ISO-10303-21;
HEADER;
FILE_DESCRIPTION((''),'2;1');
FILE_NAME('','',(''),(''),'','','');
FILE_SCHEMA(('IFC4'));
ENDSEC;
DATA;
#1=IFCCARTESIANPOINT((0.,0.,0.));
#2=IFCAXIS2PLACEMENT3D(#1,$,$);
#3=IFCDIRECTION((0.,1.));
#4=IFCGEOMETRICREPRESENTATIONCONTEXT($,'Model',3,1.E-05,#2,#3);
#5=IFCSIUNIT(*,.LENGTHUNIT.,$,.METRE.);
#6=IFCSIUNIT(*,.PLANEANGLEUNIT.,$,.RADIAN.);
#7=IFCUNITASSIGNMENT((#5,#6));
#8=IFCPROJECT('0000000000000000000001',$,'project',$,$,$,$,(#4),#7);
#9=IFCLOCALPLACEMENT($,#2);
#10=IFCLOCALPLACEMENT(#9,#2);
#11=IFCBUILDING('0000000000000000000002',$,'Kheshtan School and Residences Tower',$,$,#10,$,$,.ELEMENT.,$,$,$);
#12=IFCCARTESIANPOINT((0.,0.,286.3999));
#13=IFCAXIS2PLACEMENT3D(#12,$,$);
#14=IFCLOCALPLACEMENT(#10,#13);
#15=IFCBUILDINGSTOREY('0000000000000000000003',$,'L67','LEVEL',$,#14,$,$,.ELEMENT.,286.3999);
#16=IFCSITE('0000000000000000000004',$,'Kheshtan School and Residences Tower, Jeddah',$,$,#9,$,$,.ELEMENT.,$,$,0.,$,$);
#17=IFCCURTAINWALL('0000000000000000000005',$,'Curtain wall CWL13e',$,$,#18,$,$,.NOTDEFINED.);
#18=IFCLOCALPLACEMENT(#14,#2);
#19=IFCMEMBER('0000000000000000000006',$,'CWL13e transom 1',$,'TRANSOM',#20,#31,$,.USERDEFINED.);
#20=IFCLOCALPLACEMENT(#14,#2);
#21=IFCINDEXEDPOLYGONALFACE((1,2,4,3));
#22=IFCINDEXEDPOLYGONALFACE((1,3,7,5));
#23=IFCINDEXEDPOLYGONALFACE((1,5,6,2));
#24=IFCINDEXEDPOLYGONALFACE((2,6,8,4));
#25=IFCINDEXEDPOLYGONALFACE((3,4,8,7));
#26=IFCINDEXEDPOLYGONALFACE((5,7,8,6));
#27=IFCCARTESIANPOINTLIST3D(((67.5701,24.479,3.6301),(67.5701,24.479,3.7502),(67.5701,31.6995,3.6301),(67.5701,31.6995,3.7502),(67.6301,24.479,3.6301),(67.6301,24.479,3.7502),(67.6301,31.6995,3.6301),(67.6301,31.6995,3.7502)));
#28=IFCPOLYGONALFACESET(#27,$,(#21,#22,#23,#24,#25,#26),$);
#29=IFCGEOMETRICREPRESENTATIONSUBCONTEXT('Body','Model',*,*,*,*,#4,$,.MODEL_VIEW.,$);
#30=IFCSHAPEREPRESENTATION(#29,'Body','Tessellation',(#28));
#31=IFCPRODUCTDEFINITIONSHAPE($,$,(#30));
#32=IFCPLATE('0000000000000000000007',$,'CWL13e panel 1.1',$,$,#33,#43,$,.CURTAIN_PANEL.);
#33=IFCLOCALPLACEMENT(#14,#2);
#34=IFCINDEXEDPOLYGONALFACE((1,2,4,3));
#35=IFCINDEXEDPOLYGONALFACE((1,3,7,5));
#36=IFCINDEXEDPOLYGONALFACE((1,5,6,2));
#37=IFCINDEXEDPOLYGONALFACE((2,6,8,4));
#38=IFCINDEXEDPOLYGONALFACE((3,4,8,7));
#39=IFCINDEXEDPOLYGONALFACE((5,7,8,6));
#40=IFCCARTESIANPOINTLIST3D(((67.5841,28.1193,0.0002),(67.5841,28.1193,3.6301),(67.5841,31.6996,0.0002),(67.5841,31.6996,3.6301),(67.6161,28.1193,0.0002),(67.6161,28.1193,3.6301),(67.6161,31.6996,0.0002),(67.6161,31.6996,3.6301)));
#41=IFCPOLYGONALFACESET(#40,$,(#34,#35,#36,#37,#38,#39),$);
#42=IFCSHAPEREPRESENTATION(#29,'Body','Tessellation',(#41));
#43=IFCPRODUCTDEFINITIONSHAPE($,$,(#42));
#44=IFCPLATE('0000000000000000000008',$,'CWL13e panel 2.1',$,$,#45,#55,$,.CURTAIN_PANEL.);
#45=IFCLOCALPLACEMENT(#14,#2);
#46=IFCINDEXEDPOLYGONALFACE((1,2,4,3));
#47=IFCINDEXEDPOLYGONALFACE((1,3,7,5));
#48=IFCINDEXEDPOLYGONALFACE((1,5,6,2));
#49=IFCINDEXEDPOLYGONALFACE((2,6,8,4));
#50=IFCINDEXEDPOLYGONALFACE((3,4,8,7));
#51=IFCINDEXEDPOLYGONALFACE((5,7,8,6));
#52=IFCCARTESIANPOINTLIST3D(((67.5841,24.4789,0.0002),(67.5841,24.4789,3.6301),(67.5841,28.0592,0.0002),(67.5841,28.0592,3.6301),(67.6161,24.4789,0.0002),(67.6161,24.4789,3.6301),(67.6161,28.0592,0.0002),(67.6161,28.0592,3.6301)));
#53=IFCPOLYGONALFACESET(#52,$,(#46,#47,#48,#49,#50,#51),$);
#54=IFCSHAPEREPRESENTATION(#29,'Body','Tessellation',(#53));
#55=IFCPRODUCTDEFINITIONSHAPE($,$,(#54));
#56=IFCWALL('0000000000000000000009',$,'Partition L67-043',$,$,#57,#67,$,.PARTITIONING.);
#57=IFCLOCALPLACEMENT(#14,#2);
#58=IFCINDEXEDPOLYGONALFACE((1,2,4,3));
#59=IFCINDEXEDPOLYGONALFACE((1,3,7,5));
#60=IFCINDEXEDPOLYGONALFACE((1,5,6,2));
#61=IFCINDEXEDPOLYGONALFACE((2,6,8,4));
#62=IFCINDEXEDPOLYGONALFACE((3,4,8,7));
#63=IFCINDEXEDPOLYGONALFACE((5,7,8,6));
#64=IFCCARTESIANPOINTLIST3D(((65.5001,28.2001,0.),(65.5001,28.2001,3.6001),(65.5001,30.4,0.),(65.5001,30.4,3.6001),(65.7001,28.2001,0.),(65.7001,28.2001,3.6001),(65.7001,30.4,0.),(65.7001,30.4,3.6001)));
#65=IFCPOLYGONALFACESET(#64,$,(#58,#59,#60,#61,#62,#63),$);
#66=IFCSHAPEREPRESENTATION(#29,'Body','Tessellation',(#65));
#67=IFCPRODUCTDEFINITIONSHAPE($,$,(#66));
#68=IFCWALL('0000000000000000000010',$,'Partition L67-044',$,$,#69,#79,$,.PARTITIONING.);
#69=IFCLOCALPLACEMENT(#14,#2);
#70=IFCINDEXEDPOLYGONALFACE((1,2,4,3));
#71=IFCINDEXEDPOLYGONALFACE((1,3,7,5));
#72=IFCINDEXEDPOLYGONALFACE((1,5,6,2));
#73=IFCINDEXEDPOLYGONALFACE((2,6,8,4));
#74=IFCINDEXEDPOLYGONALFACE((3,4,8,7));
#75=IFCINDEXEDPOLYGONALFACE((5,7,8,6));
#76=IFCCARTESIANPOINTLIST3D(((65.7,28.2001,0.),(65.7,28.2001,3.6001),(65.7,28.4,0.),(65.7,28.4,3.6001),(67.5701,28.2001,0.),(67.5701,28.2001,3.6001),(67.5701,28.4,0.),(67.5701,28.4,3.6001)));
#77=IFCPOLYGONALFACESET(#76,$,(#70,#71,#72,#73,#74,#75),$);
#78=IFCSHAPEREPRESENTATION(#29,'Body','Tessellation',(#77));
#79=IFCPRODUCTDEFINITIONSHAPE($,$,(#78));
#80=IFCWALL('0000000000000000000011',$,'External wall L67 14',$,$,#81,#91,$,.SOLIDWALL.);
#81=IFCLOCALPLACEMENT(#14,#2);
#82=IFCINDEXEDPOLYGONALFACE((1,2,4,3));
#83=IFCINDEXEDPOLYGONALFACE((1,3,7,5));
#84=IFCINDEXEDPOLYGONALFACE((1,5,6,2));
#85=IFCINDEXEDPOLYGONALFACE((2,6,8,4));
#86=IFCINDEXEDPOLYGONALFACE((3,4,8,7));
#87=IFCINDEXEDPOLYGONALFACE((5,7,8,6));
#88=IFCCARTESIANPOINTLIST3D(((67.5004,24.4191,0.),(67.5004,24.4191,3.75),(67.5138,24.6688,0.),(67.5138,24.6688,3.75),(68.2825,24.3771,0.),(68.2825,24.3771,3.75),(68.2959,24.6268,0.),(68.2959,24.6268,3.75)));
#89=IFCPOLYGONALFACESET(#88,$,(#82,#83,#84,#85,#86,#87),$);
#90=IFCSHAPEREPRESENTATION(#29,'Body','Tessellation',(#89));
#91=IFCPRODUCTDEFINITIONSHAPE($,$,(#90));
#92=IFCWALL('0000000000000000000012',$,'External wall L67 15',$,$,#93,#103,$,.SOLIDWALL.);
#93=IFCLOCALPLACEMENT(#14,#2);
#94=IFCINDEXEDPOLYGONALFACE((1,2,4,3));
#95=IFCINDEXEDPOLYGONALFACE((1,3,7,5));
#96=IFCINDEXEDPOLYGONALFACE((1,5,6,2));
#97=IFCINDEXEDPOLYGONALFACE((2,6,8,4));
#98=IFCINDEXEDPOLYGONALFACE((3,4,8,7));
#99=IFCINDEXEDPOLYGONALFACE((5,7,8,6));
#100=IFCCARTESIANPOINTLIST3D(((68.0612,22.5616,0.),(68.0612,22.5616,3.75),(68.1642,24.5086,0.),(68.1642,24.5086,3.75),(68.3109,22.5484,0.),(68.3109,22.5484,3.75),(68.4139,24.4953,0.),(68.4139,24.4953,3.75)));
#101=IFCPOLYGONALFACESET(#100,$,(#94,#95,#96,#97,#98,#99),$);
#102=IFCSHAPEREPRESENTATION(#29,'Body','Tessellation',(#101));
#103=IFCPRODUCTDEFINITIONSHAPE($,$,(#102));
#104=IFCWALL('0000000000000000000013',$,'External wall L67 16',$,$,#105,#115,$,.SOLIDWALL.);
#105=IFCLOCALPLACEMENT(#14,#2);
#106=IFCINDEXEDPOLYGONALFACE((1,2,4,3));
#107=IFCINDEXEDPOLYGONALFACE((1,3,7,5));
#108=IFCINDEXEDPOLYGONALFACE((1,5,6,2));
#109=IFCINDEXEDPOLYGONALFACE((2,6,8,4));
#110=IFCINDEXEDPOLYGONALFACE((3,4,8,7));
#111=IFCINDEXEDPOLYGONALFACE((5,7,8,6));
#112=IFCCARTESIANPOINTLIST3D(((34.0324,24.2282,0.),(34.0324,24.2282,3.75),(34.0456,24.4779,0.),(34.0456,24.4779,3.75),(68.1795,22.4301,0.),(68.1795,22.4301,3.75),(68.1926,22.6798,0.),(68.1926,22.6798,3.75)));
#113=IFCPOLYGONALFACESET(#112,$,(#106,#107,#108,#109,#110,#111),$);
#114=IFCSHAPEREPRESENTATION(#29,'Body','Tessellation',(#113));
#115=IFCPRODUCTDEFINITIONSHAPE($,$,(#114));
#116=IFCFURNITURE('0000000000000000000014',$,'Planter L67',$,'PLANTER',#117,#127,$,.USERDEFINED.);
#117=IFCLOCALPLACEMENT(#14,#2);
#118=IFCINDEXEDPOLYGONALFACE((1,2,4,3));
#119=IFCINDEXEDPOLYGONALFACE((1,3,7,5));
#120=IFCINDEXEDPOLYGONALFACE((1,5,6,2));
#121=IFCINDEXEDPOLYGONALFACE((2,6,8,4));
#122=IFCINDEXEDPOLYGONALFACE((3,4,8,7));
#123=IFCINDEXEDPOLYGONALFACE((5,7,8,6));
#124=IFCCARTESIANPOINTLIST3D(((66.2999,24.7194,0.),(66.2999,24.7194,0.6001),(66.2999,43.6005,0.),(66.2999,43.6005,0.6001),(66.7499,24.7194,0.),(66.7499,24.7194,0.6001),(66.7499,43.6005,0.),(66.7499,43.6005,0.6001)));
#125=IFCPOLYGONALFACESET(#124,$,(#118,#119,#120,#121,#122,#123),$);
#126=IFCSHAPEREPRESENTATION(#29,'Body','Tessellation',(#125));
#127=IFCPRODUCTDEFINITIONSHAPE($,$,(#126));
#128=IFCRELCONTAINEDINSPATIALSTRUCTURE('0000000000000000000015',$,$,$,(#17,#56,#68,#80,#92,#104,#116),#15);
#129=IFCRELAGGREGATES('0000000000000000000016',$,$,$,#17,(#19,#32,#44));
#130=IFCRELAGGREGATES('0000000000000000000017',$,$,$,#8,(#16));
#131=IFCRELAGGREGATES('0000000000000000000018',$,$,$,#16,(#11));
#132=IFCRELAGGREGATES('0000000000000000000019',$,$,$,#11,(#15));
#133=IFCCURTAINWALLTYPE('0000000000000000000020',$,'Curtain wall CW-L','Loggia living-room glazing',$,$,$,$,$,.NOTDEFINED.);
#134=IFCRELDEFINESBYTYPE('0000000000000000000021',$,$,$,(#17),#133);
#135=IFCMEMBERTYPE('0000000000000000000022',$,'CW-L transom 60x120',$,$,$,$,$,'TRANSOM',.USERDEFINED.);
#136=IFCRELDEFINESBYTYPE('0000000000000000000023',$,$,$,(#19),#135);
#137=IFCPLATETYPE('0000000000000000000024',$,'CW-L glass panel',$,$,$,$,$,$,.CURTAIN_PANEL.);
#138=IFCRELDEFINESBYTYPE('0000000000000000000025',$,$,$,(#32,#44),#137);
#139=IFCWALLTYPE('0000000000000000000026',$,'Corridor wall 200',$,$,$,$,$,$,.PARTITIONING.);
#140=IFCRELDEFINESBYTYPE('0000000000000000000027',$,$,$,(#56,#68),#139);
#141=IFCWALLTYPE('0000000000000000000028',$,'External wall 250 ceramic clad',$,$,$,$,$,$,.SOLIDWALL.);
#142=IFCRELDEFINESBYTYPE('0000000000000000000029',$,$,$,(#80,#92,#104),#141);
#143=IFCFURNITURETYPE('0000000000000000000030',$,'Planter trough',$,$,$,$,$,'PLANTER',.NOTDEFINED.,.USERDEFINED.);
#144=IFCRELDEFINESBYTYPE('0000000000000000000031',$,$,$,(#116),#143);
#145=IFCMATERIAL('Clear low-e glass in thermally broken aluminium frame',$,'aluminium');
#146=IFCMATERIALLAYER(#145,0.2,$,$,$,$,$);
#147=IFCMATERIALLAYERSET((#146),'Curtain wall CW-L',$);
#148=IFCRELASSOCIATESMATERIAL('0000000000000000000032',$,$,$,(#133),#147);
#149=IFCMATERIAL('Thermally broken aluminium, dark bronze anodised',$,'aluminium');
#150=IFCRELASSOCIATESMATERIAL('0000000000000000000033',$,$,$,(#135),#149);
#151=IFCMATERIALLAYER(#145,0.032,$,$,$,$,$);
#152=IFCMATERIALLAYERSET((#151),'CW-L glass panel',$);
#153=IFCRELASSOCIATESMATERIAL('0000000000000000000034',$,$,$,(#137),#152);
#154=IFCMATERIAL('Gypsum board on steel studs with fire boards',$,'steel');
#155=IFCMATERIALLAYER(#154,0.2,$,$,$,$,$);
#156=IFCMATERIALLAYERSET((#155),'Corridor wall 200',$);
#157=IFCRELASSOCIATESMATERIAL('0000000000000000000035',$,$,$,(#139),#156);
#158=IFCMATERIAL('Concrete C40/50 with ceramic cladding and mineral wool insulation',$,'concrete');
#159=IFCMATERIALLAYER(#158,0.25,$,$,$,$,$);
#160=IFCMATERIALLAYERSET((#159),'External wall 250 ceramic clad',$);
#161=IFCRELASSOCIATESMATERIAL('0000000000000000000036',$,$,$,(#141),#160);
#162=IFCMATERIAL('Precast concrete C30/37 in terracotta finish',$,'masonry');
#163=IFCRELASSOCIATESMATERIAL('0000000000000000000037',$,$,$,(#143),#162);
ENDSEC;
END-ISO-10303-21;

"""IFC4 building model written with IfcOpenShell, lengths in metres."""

from ifc_helpers import new_model, si_unit, direction, frame, frame_2d, origin, origin_2d, place, context, subcontext, project, spatial, rectangle, extrude, material, layer, layer_set, material_profile, profile_set, type_object, element, aggregate, save


model = new_model("IFC4")

# Units and contexts
model_context = context("Model", 3, precision=1e-05, world=origin(), true_north=direction((0.0, 1.0)))
body_context = subcontext(model_context, "Body", "Model", "MODEL_VIEW")
ifc_project = project(units=[si_unit("LENGTHUNIT", "METRE"), si_unit("PLANEANGLEUNIT", "RADIAN")], contexts=[model_context])

# Site, building, storey
site_placement = place(None, origin())
site = spatial("IfcSite", under=ifc_project, at=site_placement, Name="Kheshtan School and Residences Tower, Jeddah", CompositionType="ELEMENT", RefElevation=0.0)
building_placement = place(site_placement, origin())
building = spatial("IfcBuilding", under=site, at=building_placement, Name="Kheshtan School and Residences Tower", CompositionType="ELEMENT")
storey_placement = place(building_placement, frame((0.0, 0.0, 286.3999)))
storey = spatial("IfcBuildingStorey", under=building, at=storey_placement, Name="L67", Description="LEVEL", CompositionType="ELEMENT", Elevation=286.3999)

# Curtain wall, member, plates
ifc_material_1 = material(Name="Clear low-e glass in thermally broken aluminium frame", Category="aluminium")
ifc_layer_1 = layer(ifc_material_1, 0.2)
ifc_layer_set_1 = layer_set([ifc_layer_1], Name="Curtain wall CW-L")
curtain_wall_type = type_object("IfcCurtainWallType", Name="Curtain wall CW-L", Description="Loggia living-room glazing", PredefinedType="NOTDEFINED", material=ifc_layer_set_1)
curtain_wall_placement = place(storey_placement, origin())
curtain_wall = element("IfcCurtainWall", 1, at=curtain_wall_placement, inside=storey, type_object=curtain_wall_type, Name="Curtain wall CWL13e", PredefinedType="NOTDEFINED")
ifc_material_2 = material(Name="Thermally broken aluminium, dark bronze anodised", Category="aluminium")
ifc_material_profile_1 = material_profile(ifc_material_2, rectangle(XDim=0.0601, YDim=0.1201, at=origin_2d()), Name="CW-L transom 60x120")
ifc_profile_set_1 = profile_set([ifc_material_profile_1], Name="Thermally broken aluminium, dark bronze anodised")
member_type_1 = type_object("IfcMemberType", Name="CW-L transom 60x120", ElementType="TRANSOM", PredefinedType="USERDEFINED", material=ifc_profile_set_1)
member_1_placement = place(storey_placement, frame((67.6001, 31.6995, 3.6902), z_axis=(0.0, -1.0, 0.0), x_axis=(1.0, 0.0, 0.0)))
member_1 = element("IfcMember", 2, at=member_1_placement, type_object=member_type_1, Name="CWL13e transom 1", ObjectType="TRANSOM", PredefinedType="USERDEFINED", context=body_context, shape_type="SweptSolid", body=[
    extrude(rectangle(XDim=0.0601, YDim=0.1201, at=origin_2d()), origin(), (0.0, 0.0, 1.0), 7.2205),
])
ifc_layer_2 = layer(ifc_material_1, 0.032)
ifc_layer_set_2 = layer_set([ifc_layer_2], Name="CW-L glass panel")
plate_type = type_object("IfcPlateType", Name="CW-L glass panel", PredefinedType="CURTAIN_PANEL", material=ifc_layer_set_2)
plate_1_placement = place(storey_placement, frame((67.6001, 29.9094, 0.0002), z_axis=(0.0, 0.0, 1.0), x_axis=(0.0, -1.0, 0.0)))
plate_1 = element("IfcPlate", 3, at=plate_1_placement, type_object=plate_type, Name="CWL13e panel 1.1", PredefinedType="CURTAIN_PANEL", context=body_context, shape_type="SweptSolid", body=[
    extrude(rectangle(XDim=3.5803, YDim=0.032, at=origin_2d()), origin(), (0.0, 0.0, 1.0), 3.6299),
])
plate_2_placement = place(storey_placement, frame((67.6001, 26.269, 0.0002), z_axis=(0.0, 0.0, 1.0), x_axis=(0.0, -1.0, 0.0)))
plate_2 = element("IfcPlate", 4, at=plate_2_placement, type_object=plate_type, Name="CWL13e panel 2.1", PredefinedType="CURTAIN_PANEL", context=body_context, shape_type="SweptSolid", body=[
    extrude(rectangle(XDim=3.5803, YDim=0.032, at=origin_2d()), origin(), (0.0, 0.0, 1.0), 3.6299),
])
aggregate(curtain_wall, [member_1, plate_1, plate_2])

# Walls
ifc_material_3 = material(Name="Gypsum board on steel studs with fire boards", Category="steel")
ifc_layer_3 = layer(ifc_material_3, 0.2)
ifc_layer_set_3 = layer_set([ifc_layer_3], Name="Corridor wall 200")
wall_type_1 = type_object("IfcWallType", Name="Corridor wall 200", PredefinedType="PARTITIONING", material=ifc_layer_set_3)
wall_1_placement = place(storey_placement, frame((65.6001, 28.2, 0.0), z_axis=(0.0, 0.0, 1.0), x_axis=(0.0, 1.0, 0.0)))
element("IfcWall", 5, at=wall_1_placement, inside=storey, type_object=wall_type_1, Name="Partition L67-043", PredefinedType="PARTITIONING", context=body_context, shape_type="SweptSolid", body=[
    extrude(rectangle(XDim=2.2, YDim=0.2, at=frame_2d((1.1001, 0.0))), origin(), (0.0, 0.0, 1.0), 3.6001),
])
wall_2_placement = place(storey_placement, frame((65.7, 28.3, 0.0), z_axis=(0.0, 0.0, 1.0), x_axis=(1.0, 0.0, 0.0)))
element("IfcWall", 6, at=wall_2_placement, inside=storey, type_object=wall_type_1, Name="Partition L67-044", PredefinedType="PARTITIONING", context=body_context, shape_type="SweptSolid", body=[
    extrude(rectangle(XDim=1.8701, YDim=0.2, at=frame_2d((0.9351, 0.0))), origin(), (0.0, 0.0, 1.0), 3.6001),
])
ifc_material_4 = material(Name="Concrete C40/50 with ceramic cladding and mineral wool insulation", Category="concrete")
ifc_layer_4 = layer(ifc_material_4, 0.25)
ifc_layer_set_4 = layer_set([ifc_layer_4], Name="External wall 250 ceramic clad")
wall_type_2 = type_object("IfcWallType", Name="External wall 250 ceramic clad", PredefinedType="SOLIDWALL", material=ifc_layer_set_4)
wall_3_placement = place(storey_placement, frame((67.5071, 24.5439, 0.0), z_axis=(0.0, 0.0, 1.0), x_axis=(0.998561, -0.053622, 0.0)))
element("IfcWall", 7, at=wall_3_placement, inside=storey, type_object=wall_type_2, Name="External wall L67 14", PredefinedType="SOLIDWALL", context=body_context, shape_type="SweptSolid", body=[
    extrude(rectangle(XDim=0.7832, YDim=0.25, at=frame_2d((0.3916, 0.0))), origin(), (0.0, 0.0, 1.0), 3.75),
])
wall_4_placement = place(storey_placement, frame((68.2891, 24.502, 0.0), z_axis=(0.0, 0.0, 1.0), x_axis=(-0.052841, -0.998603, 0.0)))
element("IfcWall", 8, at=wall_4_placement, inside=storey, type_object=wall_type_2, Name="External wall L67 15", PredefinedType="SOLIDWALL", context=body_context, shape_type="SweptSolid", body=[
    extrude(rectangle(XDim=1.9497, YDim=0.25, at=frame_2d((0.9749, 0.0))), origin(), (0.0, 0.0, 1.0), 3.75),
])
wall_5_placement = place(storey_placement, frame((68.186, 22.5549, 0.0), z_axis=(0.0, 0.0, 1.0), x_axis=(-0.998616, 0.052585, 0.0)))
element("IfcWall", 9, at=wall_5_placement, inside=storey, type_object=wall_type_2, Name="External wall L67 16", PredefinedType="SOLIDWALL", context=body_context, shape_type="SweptSolid", body=[
    extrude(rectangle(XDim=34.1943, YDim=0.25, at=frame_2d((17.0972, 0.0))), origin(), (0.0, 0.0, 1.0), 3.75),
])

# Furniture
ifc_material_5 = material(Name="Precast concrete C30/37 in terracotta finish", Category="masonry")
furniture_type = type_object("IfcFurnitureType", Name="Planter trough", ElementType="PLANTER", AssemblyPlace="NOTDEFINED", PredefinedType="USERDEFINED", material=ifc_material_5)
furniture_placement = place(storey_placement, frame((66.5249, 34.1599, 0.0), z_axis=(0.0, 0.0, 1.0), x_axis=(0.0, -1.0, 0.0)))
element("IfcFurniture", 10, at=furniture_placement, inside=storey, type_object=furniture_type, Name="Planter L67", ObjectType="PLANTER", PredefinedType="USERDEFINED", context=body_context, shape_type="SweptSolid", body=[
    extrude(rectangle(XDim=18.8811, YDim=0.45, at=origin_2d()), origin(), (0.0, 0.0, 1.0), 0.6001),
])

save(model, "model.ifc")
